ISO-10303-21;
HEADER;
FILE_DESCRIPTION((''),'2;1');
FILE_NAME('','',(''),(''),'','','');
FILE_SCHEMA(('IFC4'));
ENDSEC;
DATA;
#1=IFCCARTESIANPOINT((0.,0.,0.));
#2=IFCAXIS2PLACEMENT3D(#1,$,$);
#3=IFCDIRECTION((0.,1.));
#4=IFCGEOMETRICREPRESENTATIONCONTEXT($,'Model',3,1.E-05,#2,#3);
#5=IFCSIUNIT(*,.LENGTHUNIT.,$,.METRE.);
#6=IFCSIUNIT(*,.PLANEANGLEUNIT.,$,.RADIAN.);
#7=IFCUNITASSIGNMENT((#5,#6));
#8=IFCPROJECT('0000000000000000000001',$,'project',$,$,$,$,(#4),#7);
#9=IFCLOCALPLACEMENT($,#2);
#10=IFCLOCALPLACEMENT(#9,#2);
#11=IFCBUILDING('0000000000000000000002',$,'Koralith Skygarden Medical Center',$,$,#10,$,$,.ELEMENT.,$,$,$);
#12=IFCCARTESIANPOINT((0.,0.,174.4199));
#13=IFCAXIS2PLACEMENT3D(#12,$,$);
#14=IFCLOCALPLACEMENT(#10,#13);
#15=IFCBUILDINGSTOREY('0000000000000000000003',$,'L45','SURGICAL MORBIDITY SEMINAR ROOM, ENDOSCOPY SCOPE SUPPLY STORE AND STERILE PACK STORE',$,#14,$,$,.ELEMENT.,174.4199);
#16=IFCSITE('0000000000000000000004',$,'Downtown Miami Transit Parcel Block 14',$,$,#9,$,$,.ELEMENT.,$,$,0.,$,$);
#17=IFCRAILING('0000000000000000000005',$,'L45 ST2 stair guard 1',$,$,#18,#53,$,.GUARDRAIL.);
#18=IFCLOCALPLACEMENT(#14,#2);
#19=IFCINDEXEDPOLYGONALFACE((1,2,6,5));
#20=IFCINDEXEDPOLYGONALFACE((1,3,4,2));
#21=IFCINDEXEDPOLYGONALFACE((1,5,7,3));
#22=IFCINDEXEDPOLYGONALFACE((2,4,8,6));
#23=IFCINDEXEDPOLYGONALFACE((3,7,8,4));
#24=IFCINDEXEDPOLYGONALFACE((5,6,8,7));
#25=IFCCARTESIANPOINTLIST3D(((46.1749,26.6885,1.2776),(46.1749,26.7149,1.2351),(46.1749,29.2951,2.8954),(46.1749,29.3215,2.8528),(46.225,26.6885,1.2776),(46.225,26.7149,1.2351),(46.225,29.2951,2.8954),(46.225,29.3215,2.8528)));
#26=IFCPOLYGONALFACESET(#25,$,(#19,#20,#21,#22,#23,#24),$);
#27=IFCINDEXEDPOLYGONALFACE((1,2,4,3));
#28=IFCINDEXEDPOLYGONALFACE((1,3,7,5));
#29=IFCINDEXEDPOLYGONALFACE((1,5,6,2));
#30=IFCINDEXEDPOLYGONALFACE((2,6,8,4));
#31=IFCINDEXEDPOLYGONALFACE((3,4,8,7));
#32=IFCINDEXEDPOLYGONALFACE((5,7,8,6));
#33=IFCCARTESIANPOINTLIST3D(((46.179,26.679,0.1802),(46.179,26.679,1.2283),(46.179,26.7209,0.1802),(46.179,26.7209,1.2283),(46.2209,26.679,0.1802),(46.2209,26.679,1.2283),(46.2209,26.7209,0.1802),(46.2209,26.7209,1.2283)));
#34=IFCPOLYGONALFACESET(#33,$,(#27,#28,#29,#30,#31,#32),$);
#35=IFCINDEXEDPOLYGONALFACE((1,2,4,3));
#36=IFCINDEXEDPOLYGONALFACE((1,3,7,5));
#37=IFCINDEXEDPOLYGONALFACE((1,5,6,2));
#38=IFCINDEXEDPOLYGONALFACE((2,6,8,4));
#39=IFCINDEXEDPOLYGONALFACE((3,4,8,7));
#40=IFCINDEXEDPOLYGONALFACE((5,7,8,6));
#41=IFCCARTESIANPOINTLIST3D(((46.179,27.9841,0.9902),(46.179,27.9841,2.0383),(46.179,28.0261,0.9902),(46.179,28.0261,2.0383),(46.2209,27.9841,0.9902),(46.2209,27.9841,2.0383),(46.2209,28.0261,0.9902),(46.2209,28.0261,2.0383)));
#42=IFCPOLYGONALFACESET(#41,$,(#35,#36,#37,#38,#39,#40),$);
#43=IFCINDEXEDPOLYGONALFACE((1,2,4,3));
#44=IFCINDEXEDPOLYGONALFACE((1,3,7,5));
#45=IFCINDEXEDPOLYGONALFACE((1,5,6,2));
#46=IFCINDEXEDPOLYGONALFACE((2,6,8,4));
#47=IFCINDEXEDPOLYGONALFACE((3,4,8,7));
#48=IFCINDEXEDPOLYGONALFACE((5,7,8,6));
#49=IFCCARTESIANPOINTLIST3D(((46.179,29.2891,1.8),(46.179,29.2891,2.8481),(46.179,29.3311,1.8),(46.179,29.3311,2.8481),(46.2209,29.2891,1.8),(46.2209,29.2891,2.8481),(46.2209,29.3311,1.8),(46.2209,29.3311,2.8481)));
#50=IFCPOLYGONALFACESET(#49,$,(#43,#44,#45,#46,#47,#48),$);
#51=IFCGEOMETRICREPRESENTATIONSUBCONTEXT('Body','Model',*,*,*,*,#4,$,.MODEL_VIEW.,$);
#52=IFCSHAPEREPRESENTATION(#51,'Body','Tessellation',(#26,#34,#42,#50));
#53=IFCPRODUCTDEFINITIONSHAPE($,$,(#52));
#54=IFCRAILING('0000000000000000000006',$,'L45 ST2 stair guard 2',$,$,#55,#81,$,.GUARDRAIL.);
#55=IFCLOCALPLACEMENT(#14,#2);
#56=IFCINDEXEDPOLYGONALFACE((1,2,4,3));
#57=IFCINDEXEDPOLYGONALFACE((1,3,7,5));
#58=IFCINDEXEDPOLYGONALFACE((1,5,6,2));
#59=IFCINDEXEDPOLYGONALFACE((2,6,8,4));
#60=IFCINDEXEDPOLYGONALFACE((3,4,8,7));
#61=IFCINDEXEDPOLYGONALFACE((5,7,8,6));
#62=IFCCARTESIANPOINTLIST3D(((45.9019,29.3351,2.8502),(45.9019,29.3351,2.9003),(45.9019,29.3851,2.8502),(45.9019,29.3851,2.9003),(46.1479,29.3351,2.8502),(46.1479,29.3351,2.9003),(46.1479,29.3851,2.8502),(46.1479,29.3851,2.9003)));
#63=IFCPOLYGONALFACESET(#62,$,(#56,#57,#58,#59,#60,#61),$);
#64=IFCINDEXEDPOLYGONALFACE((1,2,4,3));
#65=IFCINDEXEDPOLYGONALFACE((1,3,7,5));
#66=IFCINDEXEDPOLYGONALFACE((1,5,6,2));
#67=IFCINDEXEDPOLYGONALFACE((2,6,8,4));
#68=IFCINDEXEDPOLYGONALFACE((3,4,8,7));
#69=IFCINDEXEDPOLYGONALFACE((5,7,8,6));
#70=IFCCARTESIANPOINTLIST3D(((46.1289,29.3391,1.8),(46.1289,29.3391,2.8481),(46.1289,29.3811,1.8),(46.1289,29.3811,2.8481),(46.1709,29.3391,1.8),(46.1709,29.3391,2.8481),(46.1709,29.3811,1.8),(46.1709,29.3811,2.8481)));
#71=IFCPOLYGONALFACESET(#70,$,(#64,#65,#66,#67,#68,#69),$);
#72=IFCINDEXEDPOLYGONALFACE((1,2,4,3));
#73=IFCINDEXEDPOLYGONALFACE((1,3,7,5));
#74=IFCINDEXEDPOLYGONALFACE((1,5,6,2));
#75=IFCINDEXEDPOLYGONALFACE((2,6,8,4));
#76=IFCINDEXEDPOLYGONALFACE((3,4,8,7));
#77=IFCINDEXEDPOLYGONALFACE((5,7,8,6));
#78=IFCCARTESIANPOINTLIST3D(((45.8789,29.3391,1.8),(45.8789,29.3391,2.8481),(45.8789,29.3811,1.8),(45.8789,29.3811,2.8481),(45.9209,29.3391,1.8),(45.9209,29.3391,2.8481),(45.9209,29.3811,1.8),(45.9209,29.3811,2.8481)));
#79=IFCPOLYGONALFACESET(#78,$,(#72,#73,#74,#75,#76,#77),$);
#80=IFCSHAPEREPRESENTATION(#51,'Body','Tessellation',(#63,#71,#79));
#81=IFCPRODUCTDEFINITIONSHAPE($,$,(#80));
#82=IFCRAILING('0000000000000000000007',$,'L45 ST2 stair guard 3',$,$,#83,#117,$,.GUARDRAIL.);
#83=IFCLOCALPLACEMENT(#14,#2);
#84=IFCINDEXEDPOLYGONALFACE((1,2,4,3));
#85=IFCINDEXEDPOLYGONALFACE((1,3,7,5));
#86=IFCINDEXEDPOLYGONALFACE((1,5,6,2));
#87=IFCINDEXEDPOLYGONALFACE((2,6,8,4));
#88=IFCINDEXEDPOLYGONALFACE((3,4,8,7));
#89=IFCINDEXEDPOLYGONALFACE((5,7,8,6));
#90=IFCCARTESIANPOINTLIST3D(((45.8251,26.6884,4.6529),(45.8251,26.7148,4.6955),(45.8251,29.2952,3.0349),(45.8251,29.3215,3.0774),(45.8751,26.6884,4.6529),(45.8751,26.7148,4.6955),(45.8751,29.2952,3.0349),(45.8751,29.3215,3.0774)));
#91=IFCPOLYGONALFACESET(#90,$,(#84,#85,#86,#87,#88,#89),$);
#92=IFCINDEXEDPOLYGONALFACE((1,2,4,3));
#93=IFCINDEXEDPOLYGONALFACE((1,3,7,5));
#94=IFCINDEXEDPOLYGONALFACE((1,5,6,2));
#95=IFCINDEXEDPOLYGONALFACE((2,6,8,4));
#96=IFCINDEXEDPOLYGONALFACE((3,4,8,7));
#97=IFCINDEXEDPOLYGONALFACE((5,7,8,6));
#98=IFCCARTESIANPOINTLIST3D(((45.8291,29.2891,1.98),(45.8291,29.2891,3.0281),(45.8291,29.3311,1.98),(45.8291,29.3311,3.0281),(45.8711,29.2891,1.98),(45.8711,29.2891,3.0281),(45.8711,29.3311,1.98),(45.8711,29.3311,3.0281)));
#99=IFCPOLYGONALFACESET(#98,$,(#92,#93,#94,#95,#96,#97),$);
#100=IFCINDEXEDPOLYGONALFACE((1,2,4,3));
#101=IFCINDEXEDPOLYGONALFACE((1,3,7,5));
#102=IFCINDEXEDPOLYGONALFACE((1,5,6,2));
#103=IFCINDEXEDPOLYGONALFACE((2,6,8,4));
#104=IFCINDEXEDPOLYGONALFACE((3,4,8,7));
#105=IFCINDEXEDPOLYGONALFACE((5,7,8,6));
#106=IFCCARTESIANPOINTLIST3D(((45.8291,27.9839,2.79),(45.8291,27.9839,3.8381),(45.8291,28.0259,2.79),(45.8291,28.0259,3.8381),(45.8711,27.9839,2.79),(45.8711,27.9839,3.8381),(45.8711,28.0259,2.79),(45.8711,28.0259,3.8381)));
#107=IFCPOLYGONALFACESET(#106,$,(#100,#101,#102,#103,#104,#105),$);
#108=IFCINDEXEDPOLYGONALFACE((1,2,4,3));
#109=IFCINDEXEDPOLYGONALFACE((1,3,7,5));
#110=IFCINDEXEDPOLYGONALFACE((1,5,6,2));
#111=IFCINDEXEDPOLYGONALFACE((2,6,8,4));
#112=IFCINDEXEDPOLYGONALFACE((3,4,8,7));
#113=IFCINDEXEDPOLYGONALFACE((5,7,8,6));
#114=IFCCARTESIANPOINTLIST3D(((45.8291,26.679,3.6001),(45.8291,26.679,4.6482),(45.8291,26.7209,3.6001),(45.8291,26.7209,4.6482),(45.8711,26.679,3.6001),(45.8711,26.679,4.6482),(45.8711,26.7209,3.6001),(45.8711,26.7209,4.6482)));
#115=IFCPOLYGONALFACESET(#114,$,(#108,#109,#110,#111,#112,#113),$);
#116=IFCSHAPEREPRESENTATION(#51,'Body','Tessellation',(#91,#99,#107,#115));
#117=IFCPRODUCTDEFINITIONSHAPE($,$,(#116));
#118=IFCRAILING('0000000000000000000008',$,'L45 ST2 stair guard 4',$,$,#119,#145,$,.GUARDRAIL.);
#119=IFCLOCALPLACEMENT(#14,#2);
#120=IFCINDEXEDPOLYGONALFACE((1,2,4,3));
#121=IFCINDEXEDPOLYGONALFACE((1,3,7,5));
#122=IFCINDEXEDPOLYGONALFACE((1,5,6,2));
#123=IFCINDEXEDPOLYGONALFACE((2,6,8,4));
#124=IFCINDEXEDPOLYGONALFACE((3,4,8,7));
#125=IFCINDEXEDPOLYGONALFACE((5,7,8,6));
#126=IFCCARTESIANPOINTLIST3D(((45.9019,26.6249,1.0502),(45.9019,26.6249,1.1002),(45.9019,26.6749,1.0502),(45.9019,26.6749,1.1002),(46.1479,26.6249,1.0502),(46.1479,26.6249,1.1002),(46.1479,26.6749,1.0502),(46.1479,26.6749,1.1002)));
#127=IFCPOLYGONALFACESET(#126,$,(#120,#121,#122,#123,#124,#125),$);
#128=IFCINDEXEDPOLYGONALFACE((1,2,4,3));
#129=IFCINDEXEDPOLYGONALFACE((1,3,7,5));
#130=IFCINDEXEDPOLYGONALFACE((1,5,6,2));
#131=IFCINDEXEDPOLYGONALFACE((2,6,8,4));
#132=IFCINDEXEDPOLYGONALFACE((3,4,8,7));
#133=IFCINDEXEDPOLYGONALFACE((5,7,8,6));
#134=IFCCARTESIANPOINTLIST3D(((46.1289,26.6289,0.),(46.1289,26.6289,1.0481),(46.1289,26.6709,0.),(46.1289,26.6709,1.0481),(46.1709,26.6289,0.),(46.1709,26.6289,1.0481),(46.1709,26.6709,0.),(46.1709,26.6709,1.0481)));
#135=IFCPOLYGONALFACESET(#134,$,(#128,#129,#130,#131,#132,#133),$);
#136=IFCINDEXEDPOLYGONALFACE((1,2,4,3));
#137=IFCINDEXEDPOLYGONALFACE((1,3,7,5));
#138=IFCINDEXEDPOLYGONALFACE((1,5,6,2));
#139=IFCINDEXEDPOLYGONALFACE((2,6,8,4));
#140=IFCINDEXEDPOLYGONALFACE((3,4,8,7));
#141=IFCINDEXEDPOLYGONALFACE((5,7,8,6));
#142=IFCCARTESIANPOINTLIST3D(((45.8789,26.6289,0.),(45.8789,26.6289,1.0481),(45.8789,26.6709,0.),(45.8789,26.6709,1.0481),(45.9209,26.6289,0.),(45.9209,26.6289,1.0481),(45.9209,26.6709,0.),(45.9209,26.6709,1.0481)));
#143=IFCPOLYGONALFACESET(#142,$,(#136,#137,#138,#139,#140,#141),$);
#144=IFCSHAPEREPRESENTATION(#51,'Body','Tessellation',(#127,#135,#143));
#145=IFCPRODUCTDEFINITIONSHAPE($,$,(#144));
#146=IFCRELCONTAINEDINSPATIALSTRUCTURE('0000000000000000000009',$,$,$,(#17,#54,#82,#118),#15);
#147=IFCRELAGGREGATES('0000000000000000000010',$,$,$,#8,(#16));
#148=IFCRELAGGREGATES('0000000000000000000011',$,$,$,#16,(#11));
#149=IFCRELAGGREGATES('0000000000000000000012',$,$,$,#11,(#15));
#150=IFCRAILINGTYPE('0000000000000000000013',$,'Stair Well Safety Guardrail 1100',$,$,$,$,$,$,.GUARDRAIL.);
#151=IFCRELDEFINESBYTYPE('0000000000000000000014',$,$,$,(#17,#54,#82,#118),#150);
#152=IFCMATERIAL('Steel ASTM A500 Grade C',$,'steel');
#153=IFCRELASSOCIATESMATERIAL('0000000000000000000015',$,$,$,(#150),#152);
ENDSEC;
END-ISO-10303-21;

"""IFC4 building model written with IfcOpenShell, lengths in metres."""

from ifc_helpers import new_model, si_unit, direction, frame, origin, origin_2d, place, context, subcontext, project, spatial, rectangle, extrude, material, type_object, element, save


model = new_model("IFC4")

# Units and contexts
model_context = context("Model", 3, precision=1e-05, world=origin(), true_north=direction((0.0, 1.0)))
body_context = subcontext(model_context, "Body", "Model", "MODEL_VIEW")
ifc_project = project(units=[si_unit("LENGTHUNIT", "METRE"), si_unit("PLANEANGLEUNIT", "RADIAN")], contexts=[model_context])

# Site, building, storey
site_placement = place(None, origin())
site = spatial("IfcSite", under=ifc_project, at=site_placement, Name="Downtown Miami Transit Parcel Block 14", CompositionType="ELEMENT", RefElevation=0.0)
building_placement = place(site_placement, origin())
building = spatial("IfcBuilding", under=site, at=building_placement, Name="Koralith Skygarden Medical Center", CompositionType="ELEMENT")
storey_placement = place(building_placement, frame((0.0, 0.0, 174.4199)))
storey = spatial("IfcBuildingStorey", under=building, at=storey_placement, Name="L45", Description="SURGICAL MORBIDITY SEMINAR ROOM, ENDOSCOPY SCOPE SUPPLY STORE AND STERILE PACK STORE", CompositionType="ELEMENT", Elevation=174.4199)

# Railings
ifc_material_1 = material(Name="Steel ASTM A500 Grade C", Category="steel")
railing_type_1 = type_object("IfcRailingType", Name="Stair Well Safety Guardrail 1100", PredefinedType="GUARDRAIL", material=ifc_material_1)
railing_1_placement = place(storey_placement, frame((46.2, 26.7, 0.1802)))
element("IfcRailing", 1, at=railing_1_placement, inside=storey, type_object=railing_type_1, Name="L45 ST2 stair guard 1", PredefinedType="GUARDRAIL", context=body_context, shape_type="SweptSolid", body=[
    extrude(rectangle(XDim=0.05, YDim=0.05, at=origin_2d()), frame((0.0, 0.0017, 1.0762), z_axis=(0.0, 0.849668, 0.527317), x_axis=(-1.0, 0.0, 0.0)), (0.0, 0.0, 1.0), 3.0679),
    extrude(rectangle(XDim=0.042, YDim=0.042, at=origin_2d()), origin(), (0.0, 0.0, 1.0), 1.0481),
    extrude(rectangle(XDim=0.042, YDim=0.042, at=origin_2d()), frame((0.0, 1.3052, 0.8101)), (0.0, 0.0, 1.0), 1.0481),
    extrude(rectangle(XDim=0.042, YDim=0.042, at=origin_2d()), frame((0.0, 2.6101, 1.6199)), (0.0, 0.0, 1.0), 1.0481),
])
railing_2_placement = place(storey_placement, frame((46.1499, 29.3601, 1.8)))
element("IfcRailing", 2, at=railing_2_placement, inside=storey, type_object=railing_type_1, Name="L45 ST2 stair guard 2", PredefinedType="GUARDRAIL", context=body_context, shape_type="SweptSolid", body=[
    extrude(rectangle(XDim=0.05, YDim=0.05, at=origin_2d()), frame((-0.002, 0.0, 1.0752), z_axis=(-1.0, 0.0, 0.0), x_axis=(0.0, -1.0, 0.0)), (0.0, 0.0, 1.0), 0.2461),
    extrude(rectangle(XDim=0.042, YDim=0.042, at=origin_2d()), origin(), (0.0, 0.0, 1.0), 1.0481),
    extrude(rectangle(XDim=0.042, YDim=0.042, at=origin_2d()), frame((-0.25, 0.0, 0.0)), (0.0, 0.0, 1.0), 1.0481),
])
railing_3_placement = place(storey_placement, frame((45.8501, 29.3101, 1.98)))
element("IfcRailing", 3, at=railing_3_placement, inside=storey, type_object=railing_type_1, Name="L45 ST2 stair guard 3", PredefinedType="GUARDRAIL", context=body_context, shape_type="SweptSolid", body=[
    extrude(rectangle(XDim=0.05, YDim=0.05, at=origin_2d()), frame((0.0, -0.0017, 1.0762), z_axis=(0.0, -0.849633, 0.527375), x_axis=(1.0, 0.0, 0.0)), (0.0, 0.0, 1.0), 3.0681),
    extrude(rectangle(XDim=0.042, YDim=0.042, at=origin_2d()), origin(), (0.0, 0.0, 1.0), 1.0481),
    extrude(rectangle(XDim=0.042, YDim=0.042, at=origin_2d()), frame((0.0, -1.3052, 0.8101)), (0.0, 0.0, 1.0), 1.0481),
    extrude(rectangle(XDim=0.042, YDim=0.042, at=origin_2d()), frame((0.0, -2.6101, 1.6201)), (0.0, 0.0, 1.0), 1.0481),
])
railing_4_placement = place(storey_placement, frame((46.1499, 26.6499, 0.0)))
element("IfcRailing", 4, at=railing_4_placement, inside=storey, type_object=railing_type_1, Name="L45 ST2 stair guard 4", PredefinedType="GUARDRAIL", context=body_context, shape_type="SweptSolid", body=[
    extrude(rectangle(XDim=0.05, YDim=0.05, at=origin_2d()), frame((-0.002, 0.0, 1.0752), z_axis=(-1.0, 0.0, 0.0), x_axis=(0.0, -1.0, 0.0)), (0.0, 0.0, 1.0), 0.2461),
    extrude(rectangle(XDim=0.042, YDim=0.042, at=origin_2d()), origin(), (0.0, 0.0, 1.0), 1.0481),
    extrude(rectangle(XDim=0.042, YDim=0.042, at=origin_2d()), frame((-0.25, 0.0, 0.0)), (0.0, 0.0, 1.0), 1.0481),
])

save(model, "model.ifc")
